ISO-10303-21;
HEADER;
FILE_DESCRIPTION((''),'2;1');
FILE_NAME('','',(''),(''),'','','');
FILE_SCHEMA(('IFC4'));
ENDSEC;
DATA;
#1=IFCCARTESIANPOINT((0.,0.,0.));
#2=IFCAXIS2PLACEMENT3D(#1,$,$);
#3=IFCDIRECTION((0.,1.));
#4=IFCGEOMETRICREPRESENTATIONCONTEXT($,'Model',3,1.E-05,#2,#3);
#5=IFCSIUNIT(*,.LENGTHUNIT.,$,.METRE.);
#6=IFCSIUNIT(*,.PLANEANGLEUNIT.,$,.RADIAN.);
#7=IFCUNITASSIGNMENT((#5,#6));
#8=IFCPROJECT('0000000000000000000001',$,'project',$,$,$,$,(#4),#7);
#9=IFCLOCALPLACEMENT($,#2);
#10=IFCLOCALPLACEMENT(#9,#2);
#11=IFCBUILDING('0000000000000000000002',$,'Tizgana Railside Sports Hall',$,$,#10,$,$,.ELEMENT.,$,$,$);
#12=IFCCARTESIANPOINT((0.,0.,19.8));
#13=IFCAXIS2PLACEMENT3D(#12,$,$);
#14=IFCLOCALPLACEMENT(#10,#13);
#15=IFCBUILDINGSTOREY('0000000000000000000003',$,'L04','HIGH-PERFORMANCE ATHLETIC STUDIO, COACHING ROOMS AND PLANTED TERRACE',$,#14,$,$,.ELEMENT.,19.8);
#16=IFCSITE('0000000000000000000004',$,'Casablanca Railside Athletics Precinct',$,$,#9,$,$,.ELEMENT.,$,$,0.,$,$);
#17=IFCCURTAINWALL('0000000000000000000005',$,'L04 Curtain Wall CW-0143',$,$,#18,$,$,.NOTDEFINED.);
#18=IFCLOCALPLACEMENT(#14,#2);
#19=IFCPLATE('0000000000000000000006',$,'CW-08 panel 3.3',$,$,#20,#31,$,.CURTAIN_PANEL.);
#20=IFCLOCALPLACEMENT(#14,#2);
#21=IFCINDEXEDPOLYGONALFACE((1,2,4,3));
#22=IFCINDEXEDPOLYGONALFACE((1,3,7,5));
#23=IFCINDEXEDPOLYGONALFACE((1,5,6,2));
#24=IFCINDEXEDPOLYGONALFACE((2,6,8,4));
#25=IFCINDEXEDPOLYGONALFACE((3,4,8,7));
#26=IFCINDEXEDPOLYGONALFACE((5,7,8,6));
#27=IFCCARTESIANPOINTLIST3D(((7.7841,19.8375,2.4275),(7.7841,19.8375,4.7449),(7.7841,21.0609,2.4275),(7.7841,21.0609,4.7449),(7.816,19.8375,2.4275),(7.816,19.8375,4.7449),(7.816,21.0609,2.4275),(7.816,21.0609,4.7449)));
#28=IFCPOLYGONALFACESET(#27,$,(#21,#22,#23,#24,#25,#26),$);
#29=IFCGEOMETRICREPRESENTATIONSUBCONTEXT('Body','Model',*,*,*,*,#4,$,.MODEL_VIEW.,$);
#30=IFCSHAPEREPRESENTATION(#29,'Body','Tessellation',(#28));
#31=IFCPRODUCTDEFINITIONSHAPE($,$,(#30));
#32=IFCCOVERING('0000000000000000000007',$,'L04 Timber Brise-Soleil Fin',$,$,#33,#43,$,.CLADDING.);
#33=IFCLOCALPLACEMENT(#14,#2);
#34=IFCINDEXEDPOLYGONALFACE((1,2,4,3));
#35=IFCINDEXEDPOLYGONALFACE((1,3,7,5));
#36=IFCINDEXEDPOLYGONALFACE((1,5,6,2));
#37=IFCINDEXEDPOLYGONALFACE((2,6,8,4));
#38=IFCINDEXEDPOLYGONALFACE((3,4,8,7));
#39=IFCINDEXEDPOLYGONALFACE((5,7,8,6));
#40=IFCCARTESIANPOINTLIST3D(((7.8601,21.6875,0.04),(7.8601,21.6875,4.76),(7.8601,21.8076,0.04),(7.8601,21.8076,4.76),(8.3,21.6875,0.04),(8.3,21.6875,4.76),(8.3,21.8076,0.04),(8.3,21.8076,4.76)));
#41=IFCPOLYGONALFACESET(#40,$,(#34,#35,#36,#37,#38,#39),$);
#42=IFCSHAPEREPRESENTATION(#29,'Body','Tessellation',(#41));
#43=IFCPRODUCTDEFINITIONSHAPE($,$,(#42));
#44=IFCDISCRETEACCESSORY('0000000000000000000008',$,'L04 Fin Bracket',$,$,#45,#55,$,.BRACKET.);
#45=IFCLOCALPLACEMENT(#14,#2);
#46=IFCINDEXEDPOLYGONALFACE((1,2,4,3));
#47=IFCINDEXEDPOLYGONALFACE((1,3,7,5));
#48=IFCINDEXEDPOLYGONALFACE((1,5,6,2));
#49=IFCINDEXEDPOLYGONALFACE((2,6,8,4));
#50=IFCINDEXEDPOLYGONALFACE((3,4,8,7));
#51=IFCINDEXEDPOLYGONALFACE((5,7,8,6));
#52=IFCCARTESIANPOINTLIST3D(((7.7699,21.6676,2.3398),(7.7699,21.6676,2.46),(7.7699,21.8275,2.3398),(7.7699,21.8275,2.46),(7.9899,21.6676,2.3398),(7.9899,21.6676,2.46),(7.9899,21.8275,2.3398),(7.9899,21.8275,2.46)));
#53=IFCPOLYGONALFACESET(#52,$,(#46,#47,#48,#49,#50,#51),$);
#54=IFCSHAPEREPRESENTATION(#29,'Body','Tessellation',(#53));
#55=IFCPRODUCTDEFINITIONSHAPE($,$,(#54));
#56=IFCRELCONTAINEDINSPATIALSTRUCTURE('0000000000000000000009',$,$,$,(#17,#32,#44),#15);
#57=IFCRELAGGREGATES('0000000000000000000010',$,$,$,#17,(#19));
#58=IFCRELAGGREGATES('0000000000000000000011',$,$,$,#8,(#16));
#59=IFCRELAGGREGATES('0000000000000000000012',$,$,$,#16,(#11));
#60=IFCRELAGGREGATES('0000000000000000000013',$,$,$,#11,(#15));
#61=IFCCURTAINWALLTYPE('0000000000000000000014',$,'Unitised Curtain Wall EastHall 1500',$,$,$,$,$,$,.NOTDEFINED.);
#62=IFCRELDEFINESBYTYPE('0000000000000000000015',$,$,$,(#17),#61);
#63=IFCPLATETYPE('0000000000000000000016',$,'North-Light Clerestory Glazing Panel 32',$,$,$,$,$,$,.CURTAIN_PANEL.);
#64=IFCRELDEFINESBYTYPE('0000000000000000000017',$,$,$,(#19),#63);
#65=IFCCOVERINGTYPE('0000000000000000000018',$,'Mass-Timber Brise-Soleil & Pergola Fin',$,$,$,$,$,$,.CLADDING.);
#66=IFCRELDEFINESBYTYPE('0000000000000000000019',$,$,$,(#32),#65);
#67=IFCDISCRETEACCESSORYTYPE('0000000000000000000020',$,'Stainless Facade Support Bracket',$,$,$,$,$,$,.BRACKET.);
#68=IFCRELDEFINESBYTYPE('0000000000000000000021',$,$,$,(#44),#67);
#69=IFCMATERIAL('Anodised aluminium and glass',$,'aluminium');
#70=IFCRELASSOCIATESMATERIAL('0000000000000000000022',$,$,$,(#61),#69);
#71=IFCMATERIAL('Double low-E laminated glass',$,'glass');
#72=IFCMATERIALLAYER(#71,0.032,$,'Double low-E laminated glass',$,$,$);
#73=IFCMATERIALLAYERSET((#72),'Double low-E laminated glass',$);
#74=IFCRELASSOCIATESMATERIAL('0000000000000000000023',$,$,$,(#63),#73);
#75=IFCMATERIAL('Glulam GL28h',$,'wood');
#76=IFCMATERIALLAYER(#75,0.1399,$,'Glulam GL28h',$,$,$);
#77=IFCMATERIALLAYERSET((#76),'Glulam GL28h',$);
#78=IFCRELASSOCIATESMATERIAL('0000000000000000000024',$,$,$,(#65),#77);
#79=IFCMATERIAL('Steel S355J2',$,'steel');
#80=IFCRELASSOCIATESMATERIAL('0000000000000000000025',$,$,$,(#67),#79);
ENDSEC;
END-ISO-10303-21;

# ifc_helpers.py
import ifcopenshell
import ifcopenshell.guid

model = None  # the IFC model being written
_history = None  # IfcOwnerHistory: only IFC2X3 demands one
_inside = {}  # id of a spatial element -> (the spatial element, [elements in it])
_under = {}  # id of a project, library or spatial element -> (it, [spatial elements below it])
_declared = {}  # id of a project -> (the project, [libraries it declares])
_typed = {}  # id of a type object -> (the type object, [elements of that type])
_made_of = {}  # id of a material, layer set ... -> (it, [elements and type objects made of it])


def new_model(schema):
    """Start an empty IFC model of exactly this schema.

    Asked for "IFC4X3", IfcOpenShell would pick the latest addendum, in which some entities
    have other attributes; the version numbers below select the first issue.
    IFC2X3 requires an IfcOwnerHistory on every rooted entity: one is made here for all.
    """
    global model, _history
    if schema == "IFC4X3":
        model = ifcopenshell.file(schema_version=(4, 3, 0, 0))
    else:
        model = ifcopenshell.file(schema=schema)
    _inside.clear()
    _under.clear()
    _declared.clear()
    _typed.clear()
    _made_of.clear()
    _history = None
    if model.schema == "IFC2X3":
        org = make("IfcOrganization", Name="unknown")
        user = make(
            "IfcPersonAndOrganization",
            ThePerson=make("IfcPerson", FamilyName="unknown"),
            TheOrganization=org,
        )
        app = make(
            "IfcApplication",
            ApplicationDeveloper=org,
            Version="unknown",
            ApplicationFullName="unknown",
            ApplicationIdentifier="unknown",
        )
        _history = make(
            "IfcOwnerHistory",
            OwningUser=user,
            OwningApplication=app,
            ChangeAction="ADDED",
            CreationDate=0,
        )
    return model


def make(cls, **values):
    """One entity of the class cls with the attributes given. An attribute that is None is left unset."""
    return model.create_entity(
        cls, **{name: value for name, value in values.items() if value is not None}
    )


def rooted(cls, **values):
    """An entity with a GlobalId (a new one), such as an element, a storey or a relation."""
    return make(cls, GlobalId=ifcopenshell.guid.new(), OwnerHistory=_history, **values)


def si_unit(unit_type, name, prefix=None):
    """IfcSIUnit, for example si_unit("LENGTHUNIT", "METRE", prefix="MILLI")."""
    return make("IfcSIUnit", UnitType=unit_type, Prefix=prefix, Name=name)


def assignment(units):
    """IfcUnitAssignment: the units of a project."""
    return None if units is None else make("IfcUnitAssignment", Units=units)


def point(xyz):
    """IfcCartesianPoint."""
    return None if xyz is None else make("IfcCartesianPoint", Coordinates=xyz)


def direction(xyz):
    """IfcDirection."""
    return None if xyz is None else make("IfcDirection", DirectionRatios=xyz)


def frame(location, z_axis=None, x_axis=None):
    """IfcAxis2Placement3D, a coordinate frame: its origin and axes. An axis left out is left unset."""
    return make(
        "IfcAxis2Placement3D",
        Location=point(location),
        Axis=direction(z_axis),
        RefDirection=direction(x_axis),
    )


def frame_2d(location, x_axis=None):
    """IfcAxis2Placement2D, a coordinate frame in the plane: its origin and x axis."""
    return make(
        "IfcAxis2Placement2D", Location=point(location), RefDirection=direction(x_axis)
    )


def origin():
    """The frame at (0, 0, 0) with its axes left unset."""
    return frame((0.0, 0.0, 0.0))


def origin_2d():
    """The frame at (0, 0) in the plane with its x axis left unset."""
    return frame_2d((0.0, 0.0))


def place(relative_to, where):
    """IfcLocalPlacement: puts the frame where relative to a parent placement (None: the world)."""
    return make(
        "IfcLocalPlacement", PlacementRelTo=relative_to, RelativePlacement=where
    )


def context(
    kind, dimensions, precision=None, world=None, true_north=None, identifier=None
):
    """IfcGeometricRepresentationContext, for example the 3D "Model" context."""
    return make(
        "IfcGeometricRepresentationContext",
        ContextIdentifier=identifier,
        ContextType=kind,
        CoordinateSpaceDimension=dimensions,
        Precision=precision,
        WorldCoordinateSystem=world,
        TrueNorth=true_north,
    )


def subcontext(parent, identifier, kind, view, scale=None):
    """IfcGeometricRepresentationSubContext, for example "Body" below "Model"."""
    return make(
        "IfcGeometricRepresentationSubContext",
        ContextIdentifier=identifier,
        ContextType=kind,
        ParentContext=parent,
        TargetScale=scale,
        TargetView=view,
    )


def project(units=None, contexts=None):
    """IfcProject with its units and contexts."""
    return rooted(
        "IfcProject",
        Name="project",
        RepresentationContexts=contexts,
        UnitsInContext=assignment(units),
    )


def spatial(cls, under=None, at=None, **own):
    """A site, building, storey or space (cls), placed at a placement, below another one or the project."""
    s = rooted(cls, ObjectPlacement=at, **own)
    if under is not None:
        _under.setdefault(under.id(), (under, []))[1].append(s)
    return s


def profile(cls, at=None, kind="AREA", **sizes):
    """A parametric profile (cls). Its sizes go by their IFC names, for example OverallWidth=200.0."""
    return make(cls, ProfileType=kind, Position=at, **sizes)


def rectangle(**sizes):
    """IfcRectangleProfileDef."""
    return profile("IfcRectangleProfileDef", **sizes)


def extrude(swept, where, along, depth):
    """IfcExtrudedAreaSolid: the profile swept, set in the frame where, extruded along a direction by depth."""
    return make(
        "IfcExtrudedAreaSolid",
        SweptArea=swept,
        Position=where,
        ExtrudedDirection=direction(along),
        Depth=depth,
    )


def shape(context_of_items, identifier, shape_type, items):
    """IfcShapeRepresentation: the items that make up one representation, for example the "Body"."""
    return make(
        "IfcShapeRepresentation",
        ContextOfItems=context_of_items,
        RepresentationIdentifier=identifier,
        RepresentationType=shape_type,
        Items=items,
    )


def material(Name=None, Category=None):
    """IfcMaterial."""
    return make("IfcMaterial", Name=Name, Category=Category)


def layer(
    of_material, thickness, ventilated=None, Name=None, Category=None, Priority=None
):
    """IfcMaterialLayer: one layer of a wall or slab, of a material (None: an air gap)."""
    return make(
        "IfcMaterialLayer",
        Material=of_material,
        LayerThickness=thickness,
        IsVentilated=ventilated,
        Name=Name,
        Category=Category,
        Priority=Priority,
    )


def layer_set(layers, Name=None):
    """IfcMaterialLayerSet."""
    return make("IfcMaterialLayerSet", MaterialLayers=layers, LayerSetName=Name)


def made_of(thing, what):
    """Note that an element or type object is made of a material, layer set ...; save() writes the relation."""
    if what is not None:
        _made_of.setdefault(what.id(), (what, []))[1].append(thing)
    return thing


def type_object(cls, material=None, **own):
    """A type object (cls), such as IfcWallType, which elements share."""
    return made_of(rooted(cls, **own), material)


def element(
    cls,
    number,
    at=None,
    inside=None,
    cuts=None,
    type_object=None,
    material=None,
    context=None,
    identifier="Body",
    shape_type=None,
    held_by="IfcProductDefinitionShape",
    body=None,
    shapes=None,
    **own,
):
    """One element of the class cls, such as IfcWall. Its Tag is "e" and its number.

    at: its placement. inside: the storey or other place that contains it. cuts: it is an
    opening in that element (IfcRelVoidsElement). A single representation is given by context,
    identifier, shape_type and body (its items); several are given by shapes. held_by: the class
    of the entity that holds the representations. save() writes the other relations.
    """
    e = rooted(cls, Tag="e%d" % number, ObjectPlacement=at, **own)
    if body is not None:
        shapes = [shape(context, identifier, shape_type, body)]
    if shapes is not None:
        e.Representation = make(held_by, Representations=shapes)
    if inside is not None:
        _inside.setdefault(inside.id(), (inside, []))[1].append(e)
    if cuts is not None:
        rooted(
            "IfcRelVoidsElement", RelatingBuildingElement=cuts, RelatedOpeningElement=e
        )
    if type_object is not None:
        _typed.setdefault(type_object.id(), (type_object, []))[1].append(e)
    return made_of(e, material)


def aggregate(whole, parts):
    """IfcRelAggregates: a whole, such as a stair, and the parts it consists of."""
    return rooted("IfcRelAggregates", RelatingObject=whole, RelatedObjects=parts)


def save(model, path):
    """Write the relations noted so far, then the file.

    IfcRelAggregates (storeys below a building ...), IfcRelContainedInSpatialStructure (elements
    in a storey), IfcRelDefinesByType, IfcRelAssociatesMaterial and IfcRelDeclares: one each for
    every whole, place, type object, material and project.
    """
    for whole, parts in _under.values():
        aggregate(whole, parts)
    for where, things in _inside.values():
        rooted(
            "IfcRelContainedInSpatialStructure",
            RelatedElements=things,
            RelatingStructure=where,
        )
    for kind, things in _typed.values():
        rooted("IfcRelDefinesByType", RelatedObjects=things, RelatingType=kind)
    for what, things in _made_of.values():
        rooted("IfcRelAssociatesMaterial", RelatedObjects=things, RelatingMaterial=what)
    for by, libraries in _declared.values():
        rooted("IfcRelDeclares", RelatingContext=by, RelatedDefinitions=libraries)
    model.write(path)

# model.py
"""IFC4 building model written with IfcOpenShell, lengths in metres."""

from ifc_helpers import new_model, si_unit, direction, frame, origin, origin_2d, place, context, subcontext, project, spatial, rectangle, extrude, material, layer, layer_set, type_object, element, aggregate, save


model = new_model("IFC4")

# Units and contexts
model_context = context("Model", 3, precision=1e-05, world=origin(), true_north=direction((0.0, 1.0)))
body_context = subcontext(model_context, "Body", "Model", "MODEL_VIEW")
ifc_project = project(units=[si_unit("LENGTHUNIT", "METRE"), si_unit("PLANEANGLEUNIT", "RADIAN")], contexts=[model_context])

# Site, building, storey
site_placement = place(None, origin())
site = spatial("IfcSite", under=ifc_project, at=site_placement, Name="Casablanca Railside Athletics Precinct", CompositionType="ELEMENT", RefElevation=0.0)
building_placement = place(site_placement, origin())
building = spatial("IfcBuilding", under=site, at=building_placement, Name="Tizgana Railside Sports Hall", CompositionType="ELEMENT")
storey_placement = place(building_placement, frame((0.0, 0.0, 19.8)))
storey = spatial("IfcBuildingStorey", under=building, at=storey_placement, Name="L04", Description="HIGH-PERFORMANCE ATHLETIC STUDIO, COACHING ROOMS AND PLANTED TERRACE", CompositionType="ELEMENT", Elevation=19.8)

# Shared definitions
ifc_material_1 = material(Name="Anodised aluminium and glass", Category="aluminium")

# Curtain wall
curtain_wall_type_1 = type_object("IfcCurtainWallType", Name="Unitised Curtain Wall EastHall 1500", PredefinedType="NOTDEFINED", material=ifc_material_1)
curtain_wall_1_placement = place(storey_placement, origin())
curtain_wall_1 = element("IfcCurtainWall", 1, at=curtain_wall_1_placement, inside=storey, type_object=curtain_wall_type_1, Name="L04 Curtain Wall CW-0143", PredefinedType="NOTDEFINED")

# Shared definitions
ifc_material_2 = material(Name="Steel S355J2", Category="steel")

# Plate
ifc_material_3 = material(Name="Double low-E laminated glass", Category="glass")
ifc_layer_1 = layer(ifc_material_3, 0.032, Name="Double low-E laminated glass")
ifc_layer_set_1 = layer_set([ifc_layer_1], Name="Double low-E laminated glass")
plate_type = type_object("IfcPlateType", Name="North-Light Clerestory Glazing Panel 32", PredefinedType="CURTAIN_PANEL", material=ifc_layer_set_1)
plate_1_placement = place(storey_placement, frame((7.8, 20.4492, 2.4275), z_axis=(0.0, 0.0, 1.0), x_axis=(0.0, -1.0, 0.0)))
plate_1 = element("IfcPlate", 2, at=plate_1_placement, type_object=plate_type, Name="CW-08 panel 3.3", PredefinedType="CURTAIN_PANEL", context=body_context, shape_type="SweptSolid", body=[
    extrude(rectangle(XDim=1.2234, YDim=0.032, at=origin_2d()), origin(), (0.0, 0.0, 1.0), 2.3174),
])
aggregate(curtain_wall_1, [plate_1])

# Covering
ifc_material_4 = material(Name="Glulam GL28h", Category="wood")
ifc_layer_2 = layer(ifc_material_4, 0.1399, Name="Glulam GL28h")
ifc_layer_set_2 = layer_set([ifc_layer_2], Name="Glulam GL28h")
covering_type = type_object("IfcCoveringType", Name="Mass-Timber Brise-Soleil & Pergola Fin", PredefinedType="CLADDING", material=ifc_layer_set_2)
covering_placement = place(storey_placement, frame((8.0801, 21.7476, 0.04), z_axis=(0.0, 0.0, 1.0), x_axis=(0.0, -1.0, 0.0)))
element("IfcCovering", 3, at=covering_placement, inside=storey, type_object=covering_type, Name="L04 Timber Brise-Soleil Fin", PredefinedType="CLADDING", context=body_context, shape_type="SweptSolid", body=[
    extrude(rectangle(XDim=0.1201, YDim=0.4399, at=origin_2d()), origin(), (0.0, 0.0, 1.0), 4.72),
])

# Discrete accessory
discrete_accessory_type = type_object("IfcDiscreteAccessoryType", Name="Stainless Facade Support Bracket", PredefinedType="BRACKET", material=ifc_material_2)
discrete_accessory_placement = place(storey_placement, frame((7.8799, 21.7476, 2.3398), z_axis=(0.0, 0.0, 1.0), x_axis=(0.0, -1.0, 0.0)))
element("IfcDiscreteAccessory", 4, at=discrete_accessory_placement, inside=storey, type_object=discrete_accessory_type, Name="L04 Fin Bracket", PredefinedType="BRACKET", context=body_context, shape_type="SweptSolid", body=[
    extrude(rectangle(XDim=0.1599, YDim=0.22, at=origin_2d()), origin(), (0.0, 0.0, 1.0), 0.1201),
])

save(model, "model.ifc")
